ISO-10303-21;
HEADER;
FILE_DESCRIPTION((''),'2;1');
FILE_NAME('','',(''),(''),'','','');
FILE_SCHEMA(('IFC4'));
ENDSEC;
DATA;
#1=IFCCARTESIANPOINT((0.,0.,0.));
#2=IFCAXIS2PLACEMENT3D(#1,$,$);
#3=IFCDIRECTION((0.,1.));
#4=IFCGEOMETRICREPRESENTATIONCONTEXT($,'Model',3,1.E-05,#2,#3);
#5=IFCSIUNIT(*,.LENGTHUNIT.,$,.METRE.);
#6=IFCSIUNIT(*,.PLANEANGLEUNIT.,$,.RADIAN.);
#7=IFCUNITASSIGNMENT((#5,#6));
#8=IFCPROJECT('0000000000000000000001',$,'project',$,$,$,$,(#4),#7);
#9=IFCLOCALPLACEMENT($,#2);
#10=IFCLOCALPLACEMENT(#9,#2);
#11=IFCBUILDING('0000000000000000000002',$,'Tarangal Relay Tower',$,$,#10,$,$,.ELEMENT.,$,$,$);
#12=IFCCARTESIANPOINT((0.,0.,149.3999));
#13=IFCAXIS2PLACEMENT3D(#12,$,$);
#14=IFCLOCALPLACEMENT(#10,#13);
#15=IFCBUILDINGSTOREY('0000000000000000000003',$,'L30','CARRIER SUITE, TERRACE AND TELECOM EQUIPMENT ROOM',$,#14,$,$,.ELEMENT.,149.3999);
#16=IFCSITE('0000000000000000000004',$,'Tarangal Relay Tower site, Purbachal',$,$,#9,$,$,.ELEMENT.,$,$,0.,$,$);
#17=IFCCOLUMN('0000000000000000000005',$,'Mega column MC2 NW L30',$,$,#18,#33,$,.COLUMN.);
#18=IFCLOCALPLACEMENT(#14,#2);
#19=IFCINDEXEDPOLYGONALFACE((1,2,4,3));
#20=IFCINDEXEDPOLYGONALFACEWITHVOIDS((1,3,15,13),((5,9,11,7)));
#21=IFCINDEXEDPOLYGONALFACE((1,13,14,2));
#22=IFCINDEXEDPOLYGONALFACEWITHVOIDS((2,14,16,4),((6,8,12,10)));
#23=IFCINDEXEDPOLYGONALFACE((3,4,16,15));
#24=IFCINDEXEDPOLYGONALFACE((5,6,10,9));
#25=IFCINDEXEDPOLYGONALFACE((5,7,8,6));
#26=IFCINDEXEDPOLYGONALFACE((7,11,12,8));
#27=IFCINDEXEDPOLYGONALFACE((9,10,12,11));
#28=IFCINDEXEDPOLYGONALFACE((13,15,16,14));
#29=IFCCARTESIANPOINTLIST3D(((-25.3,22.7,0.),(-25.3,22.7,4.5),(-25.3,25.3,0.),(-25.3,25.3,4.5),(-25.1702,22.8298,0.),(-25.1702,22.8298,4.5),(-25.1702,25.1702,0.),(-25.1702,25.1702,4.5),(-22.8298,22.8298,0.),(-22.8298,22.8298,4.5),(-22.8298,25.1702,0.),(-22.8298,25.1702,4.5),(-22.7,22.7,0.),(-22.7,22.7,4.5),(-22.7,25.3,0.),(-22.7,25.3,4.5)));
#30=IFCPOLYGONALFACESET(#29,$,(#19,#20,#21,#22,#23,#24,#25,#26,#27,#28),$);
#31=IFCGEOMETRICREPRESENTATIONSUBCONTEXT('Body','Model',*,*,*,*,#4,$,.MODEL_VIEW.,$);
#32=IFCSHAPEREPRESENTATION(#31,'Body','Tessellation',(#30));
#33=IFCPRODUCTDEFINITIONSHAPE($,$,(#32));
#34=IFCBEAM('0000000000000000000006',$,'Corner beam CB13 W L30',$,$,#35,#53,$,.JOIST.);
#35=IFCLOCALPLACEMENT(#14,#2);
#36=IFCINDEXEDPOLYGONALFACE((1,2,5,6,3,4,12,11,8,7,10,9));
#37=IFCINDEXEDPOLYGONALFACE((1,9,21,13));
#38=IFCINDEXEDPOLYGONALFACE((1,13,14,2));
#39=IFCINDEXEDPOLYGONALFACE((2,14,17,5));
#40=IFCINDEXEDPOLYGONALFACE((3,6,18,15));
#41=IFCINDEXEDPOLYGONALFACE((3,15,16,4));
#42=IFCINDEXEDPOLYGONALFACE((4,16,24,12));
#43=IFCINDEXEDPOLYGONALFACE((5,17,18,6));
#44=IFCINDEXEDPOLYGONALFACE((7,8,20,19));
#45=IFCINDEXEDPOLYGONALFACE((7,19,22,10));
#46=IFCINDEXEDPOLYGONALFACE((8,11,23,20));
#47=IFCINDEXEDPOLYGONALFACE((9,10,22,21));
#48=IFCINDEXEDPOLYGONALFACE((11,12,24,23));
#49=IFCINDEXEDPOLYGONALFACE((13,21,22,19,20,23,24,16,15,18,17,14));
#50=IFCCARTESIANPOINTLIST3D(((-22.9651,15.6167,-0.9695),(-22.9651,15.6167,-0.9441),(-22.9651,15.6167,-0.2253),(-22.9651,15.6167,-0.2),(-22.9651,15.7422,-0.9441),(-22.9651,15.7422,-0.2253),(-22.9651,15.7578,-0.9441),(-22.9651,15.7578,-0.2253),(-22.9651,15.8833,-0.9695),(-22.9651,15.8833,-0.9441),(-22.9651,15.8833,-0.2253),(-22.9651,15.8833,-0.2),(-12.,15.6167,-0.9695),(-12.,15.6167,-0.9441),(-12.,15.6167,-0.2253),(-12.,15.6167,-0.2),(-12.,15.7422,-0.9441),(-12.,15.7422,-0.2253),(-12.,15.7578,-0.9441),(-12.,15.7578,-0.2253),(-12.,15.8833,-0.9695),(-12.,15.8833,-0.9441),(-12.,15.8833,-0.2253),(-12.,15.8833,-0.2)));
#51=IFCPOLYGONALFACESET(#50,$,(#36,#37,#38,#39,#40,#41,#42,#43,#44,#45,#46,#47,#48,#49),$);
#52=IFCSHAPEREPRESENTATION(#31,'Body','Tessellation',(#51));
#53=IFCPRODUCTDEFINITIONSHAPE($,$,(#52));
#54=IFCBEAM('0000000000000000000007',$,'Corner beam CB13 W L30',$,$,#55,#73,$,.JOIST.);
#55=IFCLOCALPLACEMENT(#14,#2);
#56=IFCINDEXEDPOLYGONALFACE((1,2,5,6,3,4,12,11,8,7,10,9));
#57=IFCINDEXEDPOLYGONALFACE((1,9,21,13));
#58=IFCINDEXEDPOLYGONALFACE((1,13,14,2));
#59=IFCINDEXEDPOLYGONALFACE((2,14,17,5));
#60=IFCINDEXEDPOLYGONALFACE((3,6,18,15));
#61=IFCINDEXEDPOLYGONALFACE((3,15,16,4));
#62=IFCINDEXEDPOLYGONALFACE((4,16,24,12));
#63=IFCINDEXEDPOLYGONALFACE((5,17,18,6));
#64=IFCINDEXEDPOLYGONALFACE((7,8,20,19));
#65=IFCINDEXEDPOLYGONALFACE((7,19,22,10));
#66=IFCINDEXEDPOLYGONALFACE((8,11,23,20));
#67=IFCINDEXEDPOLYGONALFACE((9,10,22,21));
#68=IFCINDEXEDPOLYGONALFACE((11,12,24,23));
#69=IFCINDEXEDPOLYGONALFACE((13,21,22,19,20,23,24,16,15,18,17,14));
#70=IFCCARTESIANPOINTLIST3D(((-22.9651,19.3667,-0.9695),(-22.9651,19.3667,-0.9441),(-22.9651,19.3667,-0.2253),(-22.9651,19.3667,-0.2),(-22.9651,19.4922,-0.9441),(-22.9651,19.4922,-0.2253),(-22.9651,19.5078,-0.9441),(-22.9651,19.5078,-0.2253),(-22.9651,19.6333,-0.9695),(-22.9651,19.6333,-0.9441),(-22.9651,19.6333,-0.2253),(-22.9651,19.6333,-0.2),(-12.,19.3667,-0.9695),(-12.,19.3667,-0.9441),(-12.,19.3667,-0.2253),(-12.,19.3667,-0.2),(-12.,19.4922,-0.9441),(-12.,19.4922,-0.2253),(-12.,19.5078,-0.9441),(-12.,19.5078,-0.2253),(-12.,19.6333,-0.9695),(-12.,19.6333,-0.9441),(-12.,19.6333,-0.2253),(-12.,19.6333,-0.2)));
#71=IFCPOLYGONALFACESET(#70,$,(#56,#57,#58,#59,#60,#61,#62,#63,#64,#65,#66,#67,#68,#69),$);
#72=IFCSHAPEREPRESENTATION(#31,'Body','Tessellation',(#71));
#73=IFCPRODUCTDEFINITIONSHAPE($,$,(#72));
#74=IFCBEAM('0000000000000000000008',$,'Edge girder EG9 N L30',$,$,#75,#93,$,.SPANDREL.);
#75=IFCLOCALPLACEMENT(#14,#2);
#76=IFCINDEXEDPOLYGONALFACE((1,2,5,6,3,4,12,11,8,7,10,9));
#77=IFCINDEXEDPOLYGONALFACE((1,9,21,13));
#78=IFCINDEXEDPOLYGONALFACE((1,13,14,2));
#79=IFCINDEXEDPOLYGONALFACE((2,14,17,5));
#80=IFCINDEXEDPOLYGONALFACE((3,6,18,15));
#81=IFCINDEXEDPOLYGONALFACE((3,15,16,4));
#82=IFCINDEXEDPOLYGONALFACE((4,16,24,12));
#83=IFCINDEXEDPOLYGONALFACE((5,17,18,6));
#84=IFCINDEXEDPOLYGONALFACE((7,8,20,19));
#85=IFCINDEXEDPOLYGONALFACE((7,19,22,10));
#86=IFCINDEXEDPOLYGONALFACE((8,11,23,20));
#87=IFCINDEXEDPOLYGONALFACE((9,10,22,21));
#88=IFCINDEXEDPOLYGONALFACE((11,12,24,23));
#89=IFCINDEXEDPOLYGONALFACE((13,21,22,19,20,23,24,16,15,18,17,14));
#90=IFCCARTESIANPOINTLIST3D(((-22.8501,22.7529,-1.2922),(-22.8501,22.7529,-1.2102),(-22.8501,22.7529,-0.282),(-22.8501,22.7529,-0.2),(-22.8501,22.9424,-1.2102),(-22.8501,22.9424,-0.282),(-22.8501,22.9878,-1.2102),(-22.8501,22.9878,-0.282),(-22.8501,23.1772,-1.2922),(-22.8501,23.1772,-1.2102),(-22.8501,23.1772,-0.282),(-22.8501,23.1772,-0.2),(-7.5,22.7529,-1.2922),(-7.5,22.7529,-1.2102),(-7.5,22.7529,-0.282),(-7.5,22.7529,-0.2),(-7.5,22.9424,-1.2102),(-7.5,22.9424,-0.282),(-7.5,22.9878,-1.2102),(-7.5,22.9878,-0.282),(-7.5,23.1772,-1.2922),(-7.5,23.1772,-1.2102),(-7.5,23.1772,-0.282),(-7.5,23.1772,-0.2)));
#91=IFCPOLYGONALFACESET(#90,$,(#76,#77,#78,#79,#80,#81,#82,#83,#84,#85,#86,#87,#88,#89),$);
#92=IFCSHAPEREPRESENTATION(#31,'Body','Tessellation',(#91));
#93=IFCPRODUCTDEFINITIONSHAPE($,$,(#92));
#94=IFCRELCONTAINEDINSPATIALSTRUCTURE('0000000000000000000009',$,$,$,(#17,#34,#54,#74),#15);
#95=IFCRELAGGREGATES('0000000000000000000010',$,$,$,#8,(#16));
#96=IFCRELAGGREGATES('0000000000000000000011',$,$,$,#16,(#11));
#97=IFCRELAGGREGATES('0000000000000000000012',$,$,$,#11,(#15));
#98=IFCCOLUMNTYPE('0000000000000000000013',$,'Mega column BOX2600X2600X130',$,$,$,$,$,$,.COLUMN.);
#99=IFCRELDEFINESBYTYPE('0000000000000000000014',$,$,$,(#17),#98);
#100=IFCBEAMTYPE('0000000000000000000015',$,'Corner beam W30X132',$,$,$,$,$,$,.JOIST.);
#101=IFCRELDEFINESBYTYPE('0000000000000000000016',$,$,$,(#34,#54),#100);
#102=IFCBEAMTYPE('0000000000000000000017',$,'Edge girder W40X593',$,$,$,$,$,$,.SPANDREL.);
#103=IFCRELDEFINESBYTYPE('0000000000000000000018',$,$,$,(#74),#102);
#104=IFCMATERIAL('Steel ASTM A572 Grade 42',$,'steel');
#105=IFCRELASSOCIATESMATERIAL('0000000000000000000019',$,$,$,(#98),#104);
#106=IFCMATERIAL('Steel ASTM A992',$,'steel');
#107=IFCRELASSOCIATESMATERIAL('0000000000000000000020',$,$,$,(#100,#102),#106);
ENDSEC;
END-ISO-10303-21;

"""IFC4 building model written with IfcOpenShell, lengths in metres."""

from ifc_helpers import new_model, si_unit, direction, frame, origin, origin_2d, place, context, subcontext, project, spatial, hollow_rectangle, i_section, extrude, material, material_profile, profile_set, type_object, element, save


model = new_model("IFC4")

# Units and contexts
model_context = context("Model", 3, precision=1e-05, world=origin(), true_north=direction((0.0, 1.0)))
body_context = subcontext(model_context, "Body", "Model", "MODEL_VIEW")
ifc_project = project(units=[si_unit("LENGTHUNIT", "METRE"), si_unit("PLANEANGLEUNIT", "RADIAN")], contexts=[model_context])

# Site, building, storey
site_placement = place(None, origin())
site = spatial("IfcSite", under=ifc_project, at=site_placement, Name="Tarangal Relay Tower site, Purbachal", CompositionType="ELEMENT", RefElevation=0.0)
building_placement = place(site_placement, origin())
building = spatial("IfcBuilding", under=site, at=building_placement, Name="Tarangal Relay Tower", CompositionType="ELEMENT")
storey_placement = place(building_placement, frame((0.0, 0.0, 149.3999)))
storey = spatial("IfcBuildingStorey", under=building, at=storey_placement, Name="L30", Description="CARRIER SUITE, TERRACE AND TELECOM EQUIPMENT ROOM", CompositionType="ELEMENT", Elevation=149.3999)

# Column
ifc_material_1 = material(Name="Steel ASTM A572 Grade 42", Category="steel")
ifc_material_profile_1 = material_profile(ifc_material_1, hollow_rectangle(XDim=2.6001, YDim=2.6001, WallThickness=0.1299, at=origin_2d()), Name="BOX2600X2600X130")
ifc_profile_set_1 = profile_set([ifc_material_profile_1], Name="Steel ASTM A572 Grade 42")
column_type = type_object("IfcColumnType", Name="Mega column BOX2600X2600X130", PredefinedType="COLUMN", material=ifc_profile_set_1)
column_placement = place(storey_placement, frame((-24.0, 24.0, 0.0), z_axis=(0.0, 0.0, 1.0), x_axis=(1.0, 0.0, 0.0)))
element("IfcColumn", 1, at=column_placement, inside=storey, type_object=column_type, Name="Mega column MC2 NW L30", PredefinedType="COLUMN", context=body_context, shape_type="SweptSolid", body=[
    extrude(hollow_rectangle(XDim=2.6001, YDim=2.6001, WallThickness=0.1299, at=origin_2d()), origin(), (0.0, 0.0, 1.0), 4.5),
])

# Beams
ifc_material_2 = material(Name="Steel ASTM A992", Category="steel")
ifc_material_profile_2 = material_profile(ifc_material_2, i_section(OverallWidth=0.2666, OverallDepth=0.7695, WebThickness=0.0156, FlangeThickness=0.0254, at=origin_2d()), Name="W30X132")
ifc_profile_set_2 = profile_set([ifc_material_profile_2], Name="Steel ASTM A992")
beam_type_1 = type_object("IfcBeamType", Name="Corner beam W30X132", PredefinedType="JOIST", material=ifc_profile_set_2)
for number, where, z_axis, x_axis, name in (
    (2, (-12.0, 15.75, -0.5847), (-1.0, 0.0, 0.0), (0.0, -1.0, 0.0), "Corner beam CB13 W L30"),
    (3, (-12.0, 19.5, -0.5847), (-1.0, 0.0, 0.0), (0.0, -1.0, 0.0), "Corner beam CB13 W L30"),
):
    element("IfcBeam", number, at=place(storey_placement, frame(where, z_axis=z_axis, x_axis=x_axis)), inside=storey, type_object=beam_type_1, Name=name, PredefinedType="JOIST", context=body_context, shape_type="SweptSolid", body=[
        extrude(i_section(OverallWidth=0.2666, OverallDepth=0.7695, WebThickness=0.0156, FlangeThickness=0.0254, at=origin_2d()), origin(), (0.0, 0.0, 1.0), 10.9651),
    ])
ifc_material_profile_3 = material_profile(ifc_material_2, i_section(OverallWidth=0.4243, OverallDepth=1.0923, WebThickness=0.0454, FlangeThickness=0.082, at=origin_2d()), Name="W40X593")
ifc_profile_set_3 = profile_set([ifc_material_profile_3], Name="Steel ASTM A992")
beam_type_2 = type_object("IfcBeamType", Name="Edge girder W40X593", PredefinedType="SPANDREL", material=ifc_profile_set_3)
beam_placement = place(storey_placement, frame((-22.8501, 22.9651, -0.7461), z_axis=(1.0, 0.0, 0.0), x_axis=(0.0, 1.0, 0.0)))
element("IfcBeam", 4, at=beam_placement, inside=storey, type_object=beam_type_2, Name="Edge girder EG9 N L30", PredefinedType="SPANDREL", context=body_context, shape_type="SweptSolid", body=[
    extrude(i_section(OverallWidth=0.4243, OverallDepth=1.0923, WebThickness=0.0454, FlangeThickness=0.082, at=origin_2d()), origin(), (0.0, 0.0, 1.0), 15.3501),
])

save(model, "model.ifc")
